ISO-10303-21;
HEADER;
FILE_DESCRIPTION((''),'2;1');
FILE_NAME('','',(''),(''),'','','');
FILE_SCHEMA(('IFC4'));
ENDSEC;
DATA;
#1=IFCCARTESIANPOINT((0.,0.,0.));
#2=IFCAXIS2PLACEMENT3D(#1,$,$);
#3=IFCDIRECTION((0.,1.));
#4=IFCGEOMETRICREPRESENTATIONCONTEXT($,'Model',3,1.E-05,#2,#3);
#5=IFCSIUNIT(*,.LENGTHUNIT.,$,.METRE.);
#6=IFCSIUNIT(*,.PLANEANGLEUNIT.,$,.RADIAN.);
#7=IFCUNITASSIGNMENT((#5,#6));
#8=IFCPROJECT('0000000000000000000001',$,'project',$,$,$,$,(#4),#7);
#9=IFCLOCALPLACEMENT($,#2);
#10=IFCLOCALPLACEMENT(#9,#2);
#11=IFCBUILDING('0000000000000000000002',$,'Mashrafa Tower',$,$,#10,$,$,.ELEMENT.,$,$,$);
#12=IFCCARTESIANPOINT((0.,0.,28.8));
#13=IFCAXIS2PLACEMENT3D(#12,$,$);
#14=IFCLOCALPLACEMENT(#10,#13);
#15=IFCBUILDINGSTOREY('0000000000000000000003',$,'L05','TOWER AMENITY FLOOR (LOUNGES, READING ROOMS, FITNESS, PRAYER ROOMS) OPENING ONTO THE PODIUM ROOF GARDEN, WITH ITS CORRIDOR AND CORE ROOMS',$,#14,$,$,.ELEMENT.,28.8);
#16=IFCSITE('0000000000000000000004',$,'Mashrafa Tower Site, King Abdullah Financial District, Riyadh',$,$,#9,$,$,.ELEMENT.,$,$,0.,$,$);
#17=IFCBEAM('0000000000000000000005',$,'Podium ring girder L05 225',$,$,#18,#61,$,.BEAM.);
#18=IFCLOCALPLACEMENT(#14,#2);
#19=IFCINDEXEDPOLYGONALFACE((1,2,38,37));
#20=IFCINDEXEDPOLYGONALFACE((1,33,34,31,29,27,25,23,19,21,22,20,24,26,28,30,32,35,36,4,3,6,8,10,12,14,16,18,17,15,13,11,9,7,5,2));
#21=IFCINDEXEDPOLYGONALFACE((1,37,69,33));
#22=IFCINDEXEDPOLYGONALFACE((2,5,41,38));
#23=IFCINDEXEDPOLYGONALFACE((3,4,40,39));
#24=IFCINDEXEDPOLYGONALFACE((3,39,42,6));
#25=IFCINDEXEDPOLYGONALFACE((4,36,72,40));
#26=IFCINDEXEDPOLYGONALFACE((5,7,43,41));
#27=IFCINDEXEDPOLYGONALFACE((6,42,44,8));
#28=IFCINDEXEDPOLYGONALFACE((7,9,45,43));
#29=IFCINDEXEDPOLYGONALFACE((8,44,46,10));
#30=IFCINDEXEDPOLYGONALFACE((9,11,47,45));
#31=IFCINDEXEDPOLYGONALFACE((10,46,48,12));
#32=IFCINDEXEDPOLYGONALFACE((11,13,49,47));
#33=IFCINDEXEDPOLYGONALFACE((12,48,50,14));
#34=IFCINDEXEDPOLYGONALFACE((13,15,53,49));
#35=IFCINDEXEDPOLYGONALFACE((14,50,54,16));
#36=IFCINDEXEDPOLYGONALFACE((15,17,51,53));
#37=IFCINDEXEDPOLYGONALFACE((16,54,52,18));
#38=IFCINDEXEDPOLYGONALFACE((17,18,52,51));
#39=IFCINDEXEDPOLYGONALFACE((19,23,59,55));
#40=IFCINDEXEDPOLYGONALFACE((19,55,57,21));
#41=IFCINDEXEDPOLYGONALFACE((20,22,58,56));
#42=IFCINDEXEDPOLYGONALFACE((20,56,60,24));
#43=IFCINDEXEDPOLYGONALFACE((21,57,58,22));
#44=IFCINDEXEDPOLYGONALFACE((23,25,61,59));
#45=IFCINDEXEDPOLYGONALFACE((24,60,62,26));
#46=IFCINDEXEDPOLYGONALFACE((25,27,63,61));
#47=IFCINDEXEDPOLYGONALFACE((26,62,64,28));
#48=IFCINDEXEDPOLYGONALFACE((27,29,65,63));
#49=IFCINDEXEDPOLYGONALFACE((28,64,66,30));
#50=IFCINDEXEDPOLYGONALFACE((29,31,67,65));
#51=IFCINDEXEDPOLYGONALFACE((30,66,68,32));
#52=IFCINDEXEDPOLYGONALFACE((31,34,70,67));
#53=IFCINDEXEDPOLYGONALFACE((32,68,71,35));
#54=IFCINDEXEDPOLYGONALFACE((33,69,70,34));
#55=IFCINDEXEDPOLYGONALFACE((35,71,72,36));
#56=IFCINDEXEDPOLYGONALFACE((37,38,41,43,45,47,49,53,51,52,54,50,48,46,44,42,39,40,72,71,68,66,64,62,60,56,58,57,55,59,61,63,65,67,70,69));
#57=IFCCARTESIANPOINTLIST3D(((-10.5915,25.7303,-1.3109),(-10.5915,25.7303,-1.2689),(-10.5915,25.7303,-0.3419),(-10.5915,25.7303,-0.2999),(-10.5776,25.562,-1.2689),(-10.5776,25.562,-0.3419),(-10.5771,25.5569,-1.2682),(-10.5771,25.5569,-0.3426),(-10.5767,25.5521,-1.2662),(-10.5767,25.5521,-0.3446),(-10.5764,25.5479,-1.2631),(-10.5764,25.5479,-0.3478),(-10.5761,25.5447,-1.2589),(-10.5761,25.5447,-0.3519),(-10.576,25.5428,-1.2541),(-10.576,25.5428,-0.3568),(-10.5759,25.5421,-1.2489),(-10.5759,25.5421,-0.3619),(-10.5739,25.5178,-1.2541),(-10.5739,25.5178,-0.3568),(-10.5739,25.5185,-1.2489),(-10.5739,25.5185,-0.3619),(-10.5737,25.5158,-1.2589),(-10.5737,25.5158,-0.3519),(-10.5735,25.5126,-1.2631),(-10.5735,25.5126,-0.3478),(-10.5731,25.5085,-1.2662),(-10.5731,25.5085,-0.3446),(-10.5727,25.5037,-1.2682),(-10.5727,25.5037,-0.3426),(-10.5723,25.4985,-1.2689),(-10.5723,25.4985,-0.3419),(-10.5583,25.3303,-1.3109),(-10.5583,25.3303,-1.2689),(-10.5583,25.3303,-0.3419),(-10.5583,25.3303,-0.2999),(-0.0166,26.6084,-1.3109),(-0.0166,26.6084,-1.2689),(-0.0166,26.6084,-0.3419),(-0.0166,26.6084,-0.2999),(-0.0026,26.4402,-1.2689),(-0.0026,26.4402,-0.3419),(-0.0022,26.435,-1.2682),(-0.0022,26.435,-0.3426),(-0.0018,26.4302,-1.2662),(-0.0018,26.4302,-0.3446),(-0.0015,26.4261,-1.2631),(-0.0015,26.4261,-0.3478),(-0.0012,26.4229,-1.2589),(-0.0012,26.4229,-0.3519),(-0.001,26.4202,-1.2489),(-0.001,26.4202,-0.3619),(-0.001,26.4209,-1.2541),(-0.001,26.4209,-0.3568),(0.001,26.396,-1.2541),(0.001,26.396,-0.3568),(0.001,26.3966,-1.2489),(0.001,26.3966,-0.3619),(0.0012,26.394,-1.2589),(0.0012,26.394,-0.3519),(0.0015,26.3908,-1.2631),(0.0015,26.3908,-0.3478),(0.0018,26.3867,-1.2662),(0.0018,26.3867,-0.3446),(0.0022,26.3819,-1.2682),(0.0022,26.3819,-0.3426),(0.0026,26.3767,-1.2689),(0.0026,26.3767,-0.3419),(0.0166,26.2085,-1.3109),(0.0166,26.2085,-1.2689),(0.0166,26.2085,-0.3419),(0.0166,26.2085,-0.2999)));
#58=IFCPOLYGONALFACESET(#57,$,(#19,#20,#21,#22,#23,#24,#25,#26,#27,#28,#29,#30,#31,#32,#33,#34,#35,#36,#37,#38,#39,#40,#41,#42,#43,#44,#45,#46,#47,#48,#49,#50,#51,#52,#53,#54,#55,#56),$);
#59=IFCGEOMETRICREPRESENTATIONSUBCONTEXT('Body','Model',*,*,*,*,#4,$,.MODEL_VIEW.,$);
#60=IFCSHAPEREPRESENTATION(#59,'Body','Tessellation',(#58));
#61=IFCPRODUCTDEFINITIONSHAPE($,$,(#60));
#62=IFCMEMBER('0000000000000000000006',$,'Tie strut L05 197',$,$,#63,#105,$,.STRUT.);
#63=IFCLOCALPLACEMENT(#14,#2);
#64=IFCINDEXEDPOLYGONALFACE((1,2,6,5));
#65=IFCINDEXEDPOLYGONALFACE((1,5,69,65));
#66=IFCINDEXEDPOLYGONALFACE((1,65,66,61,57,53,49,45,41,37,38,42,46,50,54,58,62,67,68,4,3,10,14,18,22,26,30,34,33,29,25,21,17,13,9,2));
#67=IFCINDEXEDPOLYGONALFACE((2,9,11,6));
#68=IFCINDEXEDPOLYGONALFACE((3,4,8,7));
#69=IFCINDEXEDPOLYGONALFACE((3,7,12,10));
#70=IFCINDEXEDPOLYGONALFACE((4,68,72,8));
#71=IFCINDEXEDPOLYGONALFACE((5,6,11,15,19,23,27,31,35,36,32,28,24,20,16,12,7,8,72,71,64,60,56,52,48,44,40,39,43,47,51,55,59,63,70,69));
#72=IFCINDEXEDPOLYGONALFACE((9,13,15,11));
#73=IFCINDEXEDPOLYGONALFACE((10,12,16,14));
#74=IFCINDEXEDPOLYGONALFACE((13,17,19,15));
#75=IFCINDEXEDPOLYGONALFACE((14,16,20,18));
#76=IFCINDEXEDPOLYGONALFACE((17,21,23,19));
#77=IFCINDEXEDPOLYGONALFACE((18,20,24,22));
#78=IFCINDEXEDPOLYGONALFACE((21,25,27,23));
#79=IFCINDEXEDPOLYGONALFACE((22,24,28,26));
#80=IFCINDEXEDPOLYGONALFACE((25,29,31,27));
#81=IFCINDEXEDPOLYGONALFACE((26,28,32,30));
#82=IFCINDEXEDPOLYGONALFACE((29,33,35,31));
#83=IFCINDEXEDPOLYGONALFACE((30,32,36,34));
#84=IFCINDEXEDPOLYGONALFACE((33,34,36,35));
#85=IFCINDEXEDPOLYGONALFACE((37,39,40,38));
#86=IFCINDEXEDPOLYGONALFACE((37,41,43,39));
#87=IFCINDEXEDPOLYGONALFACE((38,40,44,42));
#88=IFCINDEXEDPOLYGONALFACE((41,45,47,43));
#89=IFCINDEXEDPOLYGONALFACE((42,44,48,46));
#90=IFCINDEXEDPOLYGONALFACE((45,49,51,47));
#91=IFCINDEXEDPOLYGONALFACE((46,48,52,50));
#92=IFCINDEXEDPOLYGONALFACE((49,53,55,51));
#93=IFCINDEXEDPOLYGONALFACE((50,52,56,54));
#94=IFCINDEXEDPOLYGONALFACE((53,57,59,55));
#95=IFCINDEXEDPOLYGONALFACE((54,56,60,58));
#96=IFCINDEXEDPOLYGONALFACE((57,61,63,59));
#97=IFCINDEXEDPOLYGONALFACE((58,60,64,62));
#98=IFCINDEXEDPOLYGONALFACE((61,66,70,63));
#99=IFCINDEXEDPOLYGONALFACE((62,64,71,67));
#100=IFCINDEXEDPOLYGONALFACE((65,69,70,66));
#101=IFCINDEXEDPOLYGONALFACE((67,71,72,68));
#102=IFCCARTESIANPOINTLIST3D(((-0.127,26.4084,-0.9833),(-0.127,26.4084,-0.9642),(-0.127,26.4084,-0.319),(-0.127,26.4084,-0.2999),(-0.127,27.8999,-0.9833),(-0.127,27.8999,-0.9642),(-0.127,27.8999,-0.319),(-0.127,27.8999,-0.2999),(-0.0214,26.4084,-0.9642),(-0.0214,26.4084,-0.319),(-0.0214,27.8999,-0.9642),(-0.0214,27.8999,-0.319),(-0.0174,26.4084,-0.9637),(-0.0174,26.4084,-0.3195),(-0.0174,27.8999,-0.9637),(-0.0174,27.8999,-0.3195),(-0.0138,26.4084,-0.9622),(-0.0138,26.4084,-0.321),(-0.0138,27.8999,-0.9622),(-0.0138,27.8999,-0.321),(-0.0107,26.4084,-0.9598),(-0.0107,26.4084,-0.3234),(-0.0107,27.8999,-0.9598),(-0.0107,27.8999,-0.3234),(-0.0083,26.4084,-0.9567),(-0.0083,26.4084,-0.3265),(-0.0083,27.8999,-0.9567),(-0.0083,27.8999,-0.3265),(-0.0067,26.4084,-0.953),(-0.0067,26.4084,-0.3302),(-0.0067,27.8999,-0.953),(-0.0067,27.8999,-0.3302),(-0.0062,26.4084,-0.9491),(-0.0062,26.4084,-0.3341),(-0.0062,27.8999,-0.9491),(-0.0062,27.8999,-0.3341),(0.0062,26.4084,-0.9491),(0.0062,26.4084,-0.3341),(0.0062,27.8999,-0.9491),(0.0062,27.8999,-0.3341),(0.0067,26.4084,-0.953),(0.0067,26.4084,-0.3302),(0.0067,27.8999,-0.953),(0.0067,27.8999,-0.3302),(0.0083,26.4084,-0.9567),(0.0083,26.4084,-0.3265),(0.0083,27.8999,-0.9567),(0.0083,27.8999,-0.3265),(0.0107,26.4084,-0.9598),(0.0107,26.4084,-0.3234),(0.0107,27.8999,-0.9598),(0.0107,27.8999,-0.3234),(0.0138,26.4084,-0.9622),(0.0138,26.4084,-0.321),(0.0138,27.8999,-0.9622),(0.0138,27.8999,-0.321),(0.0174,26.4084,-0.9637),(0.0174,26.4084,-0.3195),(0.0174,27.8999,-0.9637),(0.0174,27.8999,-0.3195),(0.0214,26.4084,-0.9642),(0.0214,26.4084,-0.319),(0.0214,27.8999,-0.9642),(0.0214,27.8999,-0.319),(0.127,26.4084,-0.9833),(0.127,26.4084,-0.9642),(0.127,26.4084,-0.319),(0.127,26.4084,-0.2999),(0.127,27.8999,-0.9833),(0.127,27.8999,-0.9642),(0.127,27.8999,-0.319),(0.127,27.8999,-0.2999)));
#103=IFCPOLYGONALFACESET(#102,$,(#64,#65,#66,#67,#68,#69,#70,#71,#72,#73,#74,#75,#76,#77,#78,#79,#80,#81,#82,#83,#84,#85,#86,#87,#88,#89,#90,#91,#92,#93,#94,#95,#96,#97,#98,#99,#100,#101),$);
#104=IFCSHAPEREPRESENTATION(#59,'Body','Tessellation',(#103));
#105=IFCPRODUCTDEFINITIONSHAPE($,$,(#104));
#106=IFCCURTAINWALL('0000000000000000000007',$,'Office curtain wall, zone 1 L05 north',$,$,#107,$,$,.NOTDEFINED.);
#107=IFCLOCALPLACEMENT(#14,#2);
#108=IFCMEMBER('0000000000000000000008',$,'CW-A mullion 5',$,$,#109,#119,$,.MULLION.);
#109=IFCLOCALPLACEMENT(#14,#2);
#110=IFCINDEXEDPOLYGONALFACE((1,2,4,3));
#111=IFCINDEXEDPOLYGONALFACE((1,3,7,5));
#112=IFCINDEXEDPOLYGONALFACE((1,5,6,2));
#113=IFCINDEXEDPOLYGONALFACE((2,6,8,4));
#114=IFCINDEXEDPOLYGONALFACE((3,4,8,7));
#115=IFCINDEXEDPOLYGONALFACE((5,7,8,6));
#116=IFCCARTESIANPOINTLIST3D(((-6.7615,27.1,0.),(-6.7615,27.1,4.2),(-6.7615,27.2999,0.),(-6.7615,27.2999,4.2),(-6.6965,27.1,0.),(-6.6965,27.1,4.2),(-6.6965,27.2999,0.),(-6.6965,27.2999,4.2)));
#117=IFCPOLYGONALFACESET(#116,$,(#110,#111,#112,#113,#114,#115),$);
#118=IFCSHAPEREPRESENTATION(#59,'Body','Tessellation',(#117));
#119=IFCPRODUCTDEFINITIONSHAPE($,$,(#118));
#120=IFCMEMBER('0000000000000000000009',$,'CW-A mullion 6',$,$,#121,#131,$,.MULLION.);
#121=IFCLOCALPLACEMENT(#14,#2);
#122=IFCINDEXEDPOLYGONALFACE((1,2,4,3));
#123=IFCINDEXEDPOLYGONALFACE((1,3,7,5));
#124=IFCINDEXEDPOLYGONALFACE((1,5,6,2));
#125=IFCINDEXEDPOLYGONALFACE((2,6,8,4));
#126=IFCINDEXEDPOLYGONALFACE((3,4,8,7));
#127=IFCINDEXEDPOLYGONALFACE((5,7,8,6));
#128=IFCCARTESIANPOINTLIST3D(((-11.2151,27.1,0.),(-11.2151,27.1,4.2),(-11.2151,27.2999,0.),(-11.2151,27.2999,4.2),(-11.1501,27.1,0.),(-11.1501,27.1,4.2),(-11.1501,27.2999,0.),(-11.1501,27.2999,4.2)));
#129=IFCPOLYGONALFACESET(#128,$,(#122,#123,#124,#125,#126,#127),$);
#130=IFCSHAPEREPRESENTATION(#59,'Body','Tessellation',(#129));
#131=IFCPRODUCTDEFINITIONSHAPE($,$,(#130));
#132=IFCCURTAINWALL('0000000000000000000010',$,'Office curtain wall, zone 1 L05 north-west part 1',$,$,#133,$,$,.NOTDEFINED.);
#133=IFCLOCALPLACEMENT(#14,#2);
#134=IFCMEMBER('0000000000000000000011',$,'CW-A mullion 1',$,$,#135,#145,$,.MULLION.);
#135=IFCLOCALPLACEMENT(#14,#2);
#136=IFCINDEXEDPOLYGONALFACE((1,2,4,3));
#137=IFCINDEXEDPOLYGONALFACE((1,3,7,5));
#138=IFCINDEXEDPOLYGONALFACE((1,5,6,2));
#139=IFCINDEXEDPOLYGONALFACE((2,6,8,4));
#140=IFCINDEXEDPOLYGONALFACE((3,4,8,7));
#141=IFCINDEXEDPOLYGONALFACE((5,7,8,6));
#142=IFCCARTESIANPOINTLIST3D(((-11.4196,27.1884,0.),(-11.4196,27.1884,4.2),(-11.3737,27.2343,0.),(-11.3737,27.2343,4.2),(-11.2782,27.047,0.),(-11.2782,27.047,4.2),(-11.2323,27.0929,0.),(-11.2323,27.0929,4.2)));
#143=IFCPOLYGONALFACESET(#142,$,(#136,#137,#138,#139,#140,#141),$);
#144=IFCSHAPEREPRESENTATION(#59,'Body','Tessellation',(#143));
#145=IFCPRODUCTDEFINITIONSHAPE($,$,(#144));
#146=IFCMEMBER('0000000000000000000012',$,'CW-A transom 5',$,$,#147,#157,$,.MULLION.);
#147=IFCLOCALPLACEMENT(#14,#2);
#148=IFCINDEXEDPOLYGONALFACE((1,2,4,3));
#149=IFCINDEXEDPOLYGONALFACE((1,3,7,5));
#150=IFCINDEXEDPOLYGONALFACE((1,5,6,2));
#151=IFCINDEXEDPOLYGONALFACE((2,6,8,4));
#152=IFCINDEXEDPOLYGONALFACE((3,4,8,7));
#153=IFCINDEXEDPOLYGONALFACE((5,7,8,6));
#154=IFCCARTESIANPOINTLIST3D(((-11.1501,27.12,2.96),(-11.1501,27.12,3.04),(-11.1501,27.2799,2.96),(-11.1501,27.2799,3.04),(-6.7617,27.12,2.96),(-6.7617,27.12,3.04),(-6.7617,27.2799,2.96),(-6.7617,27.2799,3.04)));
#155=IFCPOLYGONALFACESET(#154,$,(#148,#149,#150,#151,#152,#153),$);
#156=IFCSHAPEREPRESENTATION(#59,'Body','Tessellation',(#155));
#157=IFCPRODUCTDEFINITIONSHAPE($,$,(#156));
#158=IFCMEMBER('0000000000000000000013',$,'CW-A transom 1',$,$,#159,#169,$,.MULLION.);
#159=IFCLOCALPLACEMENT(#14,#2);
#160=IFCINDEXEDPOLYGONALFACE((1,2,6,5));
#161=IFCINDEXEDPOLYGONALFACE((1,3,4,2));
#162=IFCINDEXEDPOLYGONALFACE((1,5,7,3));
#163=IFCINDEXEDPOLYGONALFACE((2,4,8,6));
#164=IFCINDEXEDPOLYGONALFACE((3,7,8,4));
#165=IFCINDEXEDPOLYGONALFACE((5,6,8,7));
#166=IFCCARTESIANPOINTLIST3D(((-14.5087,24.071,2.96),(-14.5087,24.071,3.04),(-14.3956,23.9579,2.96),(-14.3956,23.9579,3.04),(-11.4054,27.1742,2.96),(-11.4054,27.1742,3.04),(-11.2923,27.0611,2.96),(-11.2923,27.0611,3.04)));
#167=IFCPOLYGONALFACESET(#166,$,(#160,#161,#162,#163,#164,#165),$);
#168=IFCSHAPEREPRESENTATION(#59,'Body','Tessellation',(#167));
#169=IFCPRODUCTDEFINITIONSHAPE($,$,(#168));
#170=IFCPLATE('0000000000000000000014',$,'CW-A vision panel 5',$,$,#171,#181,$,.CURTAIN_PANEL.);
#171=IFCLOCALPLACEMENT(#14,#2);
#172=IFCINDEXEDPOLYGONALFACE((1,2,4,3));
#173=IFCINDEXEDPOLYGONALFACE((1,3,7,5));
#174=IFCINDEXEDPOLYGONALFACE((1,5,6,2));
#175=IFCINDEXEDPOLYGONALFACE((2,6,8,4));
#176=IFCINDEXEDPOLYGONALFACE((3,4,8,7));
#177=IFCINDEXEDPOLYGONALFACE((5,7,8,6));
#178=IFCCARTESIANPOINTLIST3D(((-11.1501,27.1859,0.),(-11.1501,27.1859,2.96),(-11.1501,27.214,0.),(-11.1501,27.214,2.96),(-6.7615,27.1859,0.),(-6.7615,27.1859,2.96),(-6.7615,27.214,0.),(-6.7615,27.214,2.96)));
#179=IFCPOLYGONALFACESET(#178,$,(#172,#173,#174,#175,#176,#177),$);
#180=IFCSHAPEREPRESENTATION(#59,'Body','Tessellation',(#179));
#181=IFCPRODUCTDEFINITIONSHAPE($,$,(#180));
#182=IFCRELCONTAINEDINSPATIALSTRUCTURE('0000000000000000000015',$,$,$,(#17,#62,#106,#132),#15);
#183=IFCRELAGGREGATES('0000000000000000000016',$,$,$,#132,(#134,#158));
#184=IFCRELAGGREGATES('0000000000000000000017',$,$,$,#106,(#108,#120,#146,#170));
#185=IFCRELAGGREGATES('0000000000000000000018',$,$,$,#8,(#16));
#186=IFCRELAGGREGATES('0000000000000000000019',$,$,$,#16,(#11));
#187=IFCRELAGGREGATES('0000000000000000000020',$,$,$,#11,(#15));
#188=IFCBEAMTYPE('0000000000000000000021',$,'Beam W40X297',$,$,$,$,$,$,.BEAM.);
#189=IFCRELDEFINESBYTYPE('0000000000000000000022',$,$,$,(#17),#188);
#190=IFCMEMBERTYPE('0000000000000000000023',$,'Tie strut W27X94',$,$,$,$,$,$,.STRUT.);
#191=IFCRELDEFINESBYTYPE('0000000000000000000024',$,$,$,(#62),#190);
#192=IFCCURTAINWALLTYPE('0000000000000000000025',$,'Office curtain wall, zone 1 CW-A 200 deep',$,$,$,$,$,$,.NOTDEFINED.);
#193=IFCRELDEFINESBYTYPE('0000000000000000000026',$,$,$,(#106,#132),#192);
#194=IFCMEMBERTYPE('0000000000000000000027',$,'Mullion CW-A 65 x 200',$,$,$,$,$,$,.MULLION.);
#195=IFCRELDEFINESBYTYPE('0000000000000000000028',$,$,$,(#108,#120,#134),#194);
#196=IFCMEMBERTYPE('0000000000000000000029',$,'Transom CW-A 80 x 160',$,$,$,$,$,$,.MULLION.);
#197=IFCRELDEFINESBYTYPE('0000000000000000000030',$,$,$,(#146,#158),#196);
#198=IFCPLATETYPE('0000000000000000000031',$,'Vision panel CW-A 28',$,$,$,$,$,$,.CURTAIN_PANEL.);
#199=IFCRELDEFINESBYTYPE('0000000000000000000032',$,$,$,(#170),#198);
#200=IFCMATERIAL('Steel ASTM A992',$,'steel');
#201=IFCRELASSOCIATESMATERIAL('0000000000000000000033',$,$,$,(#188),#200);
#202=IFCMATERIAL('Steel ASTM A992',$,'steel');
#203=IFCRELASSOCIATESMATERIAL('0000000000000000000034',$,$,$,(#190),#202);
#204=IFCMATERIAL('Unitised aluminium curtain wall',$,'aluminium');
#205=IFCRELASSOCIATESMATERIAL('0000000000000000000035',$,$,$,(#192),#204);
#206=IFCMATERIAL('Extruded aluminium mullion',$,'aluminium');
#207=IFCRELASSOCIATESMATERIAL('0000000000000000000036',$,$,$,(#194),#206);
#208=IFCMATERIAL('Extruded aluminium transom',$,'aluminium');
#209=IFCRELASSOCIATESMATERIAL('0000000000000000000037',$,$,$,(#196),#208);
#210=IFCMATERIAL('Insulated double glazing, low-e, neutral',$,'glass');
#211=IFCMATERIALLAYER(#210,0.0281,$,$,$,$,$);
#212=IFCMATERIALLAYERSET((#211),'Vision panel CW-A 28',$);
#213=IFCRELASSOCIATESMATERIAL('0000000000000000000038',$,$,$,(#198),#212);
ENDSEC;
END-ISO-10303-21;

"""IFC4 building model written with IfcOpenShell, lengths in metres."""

from ifc_helpers import new_model, si_unit, direction, frame, origin, origin_2d, place, context, subcontext, project, spatial, rectangle, i_section, extrude, source, transform, mapped, material, layer, layer_set, material_profile, profile_set, type_object, type_shapes, element, aggregate, save


model = new_model("IFC4")

# Units and contexts
model_context = context("Model", 3, precision=1e-05, world=origin(), true_north=direction((0.0, 1.0)))
body_context = subcontext(model_context, "Body", "Model", "MODEL_VIEW")
ifc_project = project(units=[si_unit("LENGTHUNIT", "METRE"), si_unit("PLANEANGLEUNIT", "RADIAN")], contexts=[model_context])

# Site, building, storey
site_placement = place(None, origin())
site = spatial("IfcSite", under=ifc_project, at=site_placement, Name="Mashrafa Tower Site, King Abdullah Financial District, Riyadh", CompositionType="ELEMENT", RefElevation=0.0)
building_placement = place(site_placement, origin())
building = spatial("IfcBuilding", under=site, at=building_placement, Name="Mashrafa Tower", CompositionType="ELEMENT")
storey_placement = place(building_placement, frame((0.0, 0.0, 28.8)))
storey = spatial("IfcBuildingStorey", under=building, at=storey_placement, Name="L05", Description="TOWER AMENITY FLOOR (LOUNGES, READING ROOMS, FITNESS, PRAYER ROOMS) OPENING ONTO THE PODIUM ROOF GARDEN, WITH ITS CORRIDOR AND CORE ROOMS", CompositionType="ELEMENT", Elevation=28.8)

# Beam
ifc_material_1 = material(Name="Steel ASTM A992", Category="steel")
ifc_material_profile_1 = material_profile(ifc_material_1, i_section(OverallWidth=0.4014, OverallDepth=1.011, WebThickness=0.0237, FlangeThickness=0.042, FilletRadius=0.02, at=origin_2d()), Name="W40X297")
ifc_profile_set_1 = profile_set([ifc_material_profile_1], Name="Steel ASTM A992")
beam_type_1 = type_object("IfcBeamType", Name="Beam W40X297", PredefinedType="BEAM", material=ifc_profile_set_1)
for number, where, z_axis, x_axis, name in (
    (1, (0.0, 26.4084, -0.8054), (-0.99657, -0.082758, 0.0), (0.082758, -0.99657, 0.0), "Podium ring girder L05 225"),
):
    element("IfcBeam", number, at=place(storey_placement, frame(where, z_axis=z_axis, x_axis=x_axis)), inside=storey, type_object=beam_type_1, Name=name, PredefinedType="BEAM", context=body_context, shape_type="SweptSolid", body=[
        extrude(i_section(OverallWidth=0.4014, OverallDepth=1.011, WebThickness=0.0237, FlangeThickness=0.042, FilletRadius=0.02, at=origin_2d()), origin(), (0.0, 0.0, 1.0), 10.6113),
    ])

# Member
ifc_material_2 = material(Name="Steel ASTM A992", Category="steel")
ifc_material_profile_2 = material_profile(ifc_material_2, i_section(OverallWidth=0.2539, OverallDepth=0.6833, WebThickness=0.0125, FlangeThickness=0.019, FilletRadius=0.0151, at=origin_2d()), Name="W27X94")
ifc_profile_set_2 = profile_set([ifc_material_profile_2], Name="Steel ASTM A992")
member_type_1 = type_object("IfcMemberType", Name="Tie strut W27X94", PredefinedType="STRUT", material=ifc_profile_set_2)
shared_shape_1 = source(origin(), body_context, "Body", "SweptSolid", [
    extrude(i_section(OverallWidth=0.2539, OverallDepth=0.6833, WebThickness=0.0125, FlangeThickness=0.019, FilletRadius=0.0151, at=origin_2d()), origin(), (0.0, 0.0, 1.0), 1.4915),
])
type_shapes(member_type_1, [shared_shape_1])
member_1_placement = place(storey_placement, frame((0.0, 26.4084, -0.6416), z_axis=(0.0, 1.0, 0.0), x_axis=(-1.0, 0.0, 0.0)))
element("IfcMember", 2, at=member_1_placement, inside=storey, type_object=member_type_1, Name="Tie strut L05 197", PredefinedType="STRUT", context=body_context, shape_type="MappedRepresentation", body=[
    mapped(shared_shape_1, transform((0.0, 0.0, 0.0))),
])

# Curtain wall, members
ifc_material_3 = material(Name="Unitised aluminium curtain wall", Category="aluminium")
curtain_wall_type = type_object("IfcCurtainWallType", Name="Office curtain wall, zone 1 CW-A 200 deep", PredefinedType="NOTDEFINED", material=ifc_material_3)
curtain_wall_1_placement = place(storey_placement, origin())
curtain_wall_1 = element("IfcCurtainWall", 3, at=curtain_wall_1_placement, inside=storey, type_object=curtain_wall_type, Name="Office curtain wall, zone 1 L05 north", PredefinedType="NOTDEFINED")
ifc_material_4 = material(Name="Extruded aluminium mullion", Category="aluminium")
ifc_material_profile_3 = material_profile(ifc_material_4, rectangle(XDim=0.2, YDim=0.0649, at=origin_2d()), Name="Mullion 65x200")
ifc_profile_set_3 = profile_set([ifc_material_profile_3], Name="Extruded aluminium mullion")
member_type_2 = type_object("IfcMemberType", Name="Mullion CW-A 65 x 200", PredefinedType="MULLION", material=ifc_profile_set_3)
shared_shape_2 = source(origin(), body_context, "Body", "SweptSolid", [
    extrude(rectangle(XDim=0.2, YDim=0.0649, at=origin_2d()), origin(), (0.0, 0.0, 1.0), 4.2),
])
type_shapes(member_type_2, [shared_shape_2])
member_2_placement = place(storey_placement, frame((-6.729, 27.2, 0.0), z_axis=(0.0, 0.0, 1.0), x_axis=(0.0, -1.0, 0.0)))
member_2 = element("IfcMember", 4, at=member_2_placement, type_object=member_type_2, Name="CW-A mullion 5", PredefinedType="MULLION", context=body_context, shape_type="MappedRepresentation", body=[
    mapped(shared_shape_2, transform((0.0, 0.0, 0.0))),
])
member_3_placement = place(storey_placement, frame((-11.1826, 27.2, 0.0), z_axis=(0.0, 0.0, 1.0), x_axis=(0.0, -1.0, 0.0)))
member_3 = element("IfcMember", 5, at=member_3_placement, type_object=member_type_2, Name="CW-A mullion 6", PredefinedType="MULLION", context=body_context, shape_type="MappedRepresentation", body=[
    mapped(shared_shape_2, transform((0.0, 0.0, 0.0))),
])

# Curtain wall, member
curtain_wall_2_placement = place(storey_placement, origin())
curtain_wall_2 = element("IfcCurtainWall", 6, at=curtain_wall_2_placement, inside=storey, type_object=curtain_wall_type, Name="Office curtain wall, zone 1 L05 north-west part 1", PredefinedType="NOTDEFINED")
member_4_placement = place(storey_placement, frame((-11.3259, 27.1406, 0.0), z_axis=(0.0, 0.0, 1.0), x_axis=(0.707107, -0.707107, 0.0)))
member_4 = element("IfcMember", 7, at=member_4_placement, type_object=member_type_2, Name="CW-A mullion 1", PredefinedType="MULLION", context=body_context, shape_type="MappedRepresentation", body=[
    mapped(shared_shape_2, transform((0.0, 0.0, 0.0))),
])

# Members
ifc_material_5 = material(Name="Extruded aluminium transom", Category="aluminium")
ifc_material_profile_4 = material_profile(ifc_material_5, rectangle(XDim=0.1599, YDim=0.0801, at=origin_2d()), Name="Transom 80x160")
ifc_profile_set_4 = profile_set([ifc_material_profile_4], Name="Extruded aluminium transom")
member_type_3 = type_object("IfcMemberType", Name="Transom CW-A 80 x 160", PredefinedType="MULLION", material=ifc_profile_set_4)
shared_shape_3 = source(origin(), body_context, "Body", "SweptSolid", [
    extrude(rectangle(XDim=0.1599, YDim=0.0801, at=origin_2d()), origin(), (0.0, 0.0, 1.0), 4.3884),
])
member_5_placement = place(storey_placement, frame((-6.7617, 27.2, 3.0), z_axis=(-1.0, 0.0, 0.0), x_axis=(0.0, -1.0, 0.0)))
member_5 = element("IfcMember", 8, at=member_5_placement, type_object=member_type_3, Name="CW-A transom 5", PredefinedType="MULLION", context=body_context, shape_type="MappedRepresentation", body=[
    mapped(shared_shape_3, transform((0.0, 0.0, 0.0))),
])
shared_shape_4 = source(origin(), body_context, "Body", "SweptSolid", [
    extrude(rectangle(XDim=0.1599, YDim=0.0801, at=origin_2d()), origin(), (0.0, 0.0, 1.0), 4.3887),
])
type_shapes(member_type_3, [shared_shape_3, shared_shape_4])
member_6_placement = place(storey_placement, frame((-11.3489, 27.1177, 3.0), z_axis=(-0.707107, -0.707107, 0.0), x_axis=(0.707107, -0.707107, 0.0)))
member_6 = element("IfcMember", 9, at=member_6_placement, type_object=member_type_3, Name="CW-A transom 1", PredefinedType="MULLION", context=body_context, shape_type="MappedRepresentation", body=[
    mapped(shared_shape_4, transform((0.0, 0.0, 0.0))),
])
aggregate(curtain_wall_2, [member_4, member_6])

# Plate
ifc_material_6 = material(Name="Insulated double glazing, low-e, neutral", Category="glass")
ifc_layer_1 = layer(ifc_material_6, 0.0281)
ifc_layer_set_1 = layer_set([ifc_layer_1], Name="Vision panel CW-A 28")
plate_type_1 = type_object("IfcPlateType", Name="Vision panel CW-A 28", PredefinedType="CURTAIN_PANEL", material=ifc_layer_set_1)
shared_shape_5 = source(origin(), body_context, "Body", "SweptSolid", [
    extrude(rectangle(XDim=4.3887, YDim=0.0281, at=origin_2d()), origin(), (0.0, 0.0, 1.0), 2.96),
])
type_shapes(plate_type_1, [shared_shape_5])
plate_1_placement = place(storey_placement, frame((-8.9558, 27.2, 0.0), z_axis=(0.0, 0.0, 1.0), x_axis=(-1.0, 0.0, 0.0)))
plate_1 = element("IfcPlate", 10, at=plate_1_placement, type_object=plate_type_1, Name="CW-A vision panel 5", PredefinedType="CURTAIN_PANEL", context=body_context, shape_type="MappedRepresentation", body=[
    mapped(shared_shape_5, transform((0.0, 0.0, 0.0))),
])
aggregate(curtain_wall_1, [member_2, member_3, member_5, plate_1])

save(model, "model.ifc")
